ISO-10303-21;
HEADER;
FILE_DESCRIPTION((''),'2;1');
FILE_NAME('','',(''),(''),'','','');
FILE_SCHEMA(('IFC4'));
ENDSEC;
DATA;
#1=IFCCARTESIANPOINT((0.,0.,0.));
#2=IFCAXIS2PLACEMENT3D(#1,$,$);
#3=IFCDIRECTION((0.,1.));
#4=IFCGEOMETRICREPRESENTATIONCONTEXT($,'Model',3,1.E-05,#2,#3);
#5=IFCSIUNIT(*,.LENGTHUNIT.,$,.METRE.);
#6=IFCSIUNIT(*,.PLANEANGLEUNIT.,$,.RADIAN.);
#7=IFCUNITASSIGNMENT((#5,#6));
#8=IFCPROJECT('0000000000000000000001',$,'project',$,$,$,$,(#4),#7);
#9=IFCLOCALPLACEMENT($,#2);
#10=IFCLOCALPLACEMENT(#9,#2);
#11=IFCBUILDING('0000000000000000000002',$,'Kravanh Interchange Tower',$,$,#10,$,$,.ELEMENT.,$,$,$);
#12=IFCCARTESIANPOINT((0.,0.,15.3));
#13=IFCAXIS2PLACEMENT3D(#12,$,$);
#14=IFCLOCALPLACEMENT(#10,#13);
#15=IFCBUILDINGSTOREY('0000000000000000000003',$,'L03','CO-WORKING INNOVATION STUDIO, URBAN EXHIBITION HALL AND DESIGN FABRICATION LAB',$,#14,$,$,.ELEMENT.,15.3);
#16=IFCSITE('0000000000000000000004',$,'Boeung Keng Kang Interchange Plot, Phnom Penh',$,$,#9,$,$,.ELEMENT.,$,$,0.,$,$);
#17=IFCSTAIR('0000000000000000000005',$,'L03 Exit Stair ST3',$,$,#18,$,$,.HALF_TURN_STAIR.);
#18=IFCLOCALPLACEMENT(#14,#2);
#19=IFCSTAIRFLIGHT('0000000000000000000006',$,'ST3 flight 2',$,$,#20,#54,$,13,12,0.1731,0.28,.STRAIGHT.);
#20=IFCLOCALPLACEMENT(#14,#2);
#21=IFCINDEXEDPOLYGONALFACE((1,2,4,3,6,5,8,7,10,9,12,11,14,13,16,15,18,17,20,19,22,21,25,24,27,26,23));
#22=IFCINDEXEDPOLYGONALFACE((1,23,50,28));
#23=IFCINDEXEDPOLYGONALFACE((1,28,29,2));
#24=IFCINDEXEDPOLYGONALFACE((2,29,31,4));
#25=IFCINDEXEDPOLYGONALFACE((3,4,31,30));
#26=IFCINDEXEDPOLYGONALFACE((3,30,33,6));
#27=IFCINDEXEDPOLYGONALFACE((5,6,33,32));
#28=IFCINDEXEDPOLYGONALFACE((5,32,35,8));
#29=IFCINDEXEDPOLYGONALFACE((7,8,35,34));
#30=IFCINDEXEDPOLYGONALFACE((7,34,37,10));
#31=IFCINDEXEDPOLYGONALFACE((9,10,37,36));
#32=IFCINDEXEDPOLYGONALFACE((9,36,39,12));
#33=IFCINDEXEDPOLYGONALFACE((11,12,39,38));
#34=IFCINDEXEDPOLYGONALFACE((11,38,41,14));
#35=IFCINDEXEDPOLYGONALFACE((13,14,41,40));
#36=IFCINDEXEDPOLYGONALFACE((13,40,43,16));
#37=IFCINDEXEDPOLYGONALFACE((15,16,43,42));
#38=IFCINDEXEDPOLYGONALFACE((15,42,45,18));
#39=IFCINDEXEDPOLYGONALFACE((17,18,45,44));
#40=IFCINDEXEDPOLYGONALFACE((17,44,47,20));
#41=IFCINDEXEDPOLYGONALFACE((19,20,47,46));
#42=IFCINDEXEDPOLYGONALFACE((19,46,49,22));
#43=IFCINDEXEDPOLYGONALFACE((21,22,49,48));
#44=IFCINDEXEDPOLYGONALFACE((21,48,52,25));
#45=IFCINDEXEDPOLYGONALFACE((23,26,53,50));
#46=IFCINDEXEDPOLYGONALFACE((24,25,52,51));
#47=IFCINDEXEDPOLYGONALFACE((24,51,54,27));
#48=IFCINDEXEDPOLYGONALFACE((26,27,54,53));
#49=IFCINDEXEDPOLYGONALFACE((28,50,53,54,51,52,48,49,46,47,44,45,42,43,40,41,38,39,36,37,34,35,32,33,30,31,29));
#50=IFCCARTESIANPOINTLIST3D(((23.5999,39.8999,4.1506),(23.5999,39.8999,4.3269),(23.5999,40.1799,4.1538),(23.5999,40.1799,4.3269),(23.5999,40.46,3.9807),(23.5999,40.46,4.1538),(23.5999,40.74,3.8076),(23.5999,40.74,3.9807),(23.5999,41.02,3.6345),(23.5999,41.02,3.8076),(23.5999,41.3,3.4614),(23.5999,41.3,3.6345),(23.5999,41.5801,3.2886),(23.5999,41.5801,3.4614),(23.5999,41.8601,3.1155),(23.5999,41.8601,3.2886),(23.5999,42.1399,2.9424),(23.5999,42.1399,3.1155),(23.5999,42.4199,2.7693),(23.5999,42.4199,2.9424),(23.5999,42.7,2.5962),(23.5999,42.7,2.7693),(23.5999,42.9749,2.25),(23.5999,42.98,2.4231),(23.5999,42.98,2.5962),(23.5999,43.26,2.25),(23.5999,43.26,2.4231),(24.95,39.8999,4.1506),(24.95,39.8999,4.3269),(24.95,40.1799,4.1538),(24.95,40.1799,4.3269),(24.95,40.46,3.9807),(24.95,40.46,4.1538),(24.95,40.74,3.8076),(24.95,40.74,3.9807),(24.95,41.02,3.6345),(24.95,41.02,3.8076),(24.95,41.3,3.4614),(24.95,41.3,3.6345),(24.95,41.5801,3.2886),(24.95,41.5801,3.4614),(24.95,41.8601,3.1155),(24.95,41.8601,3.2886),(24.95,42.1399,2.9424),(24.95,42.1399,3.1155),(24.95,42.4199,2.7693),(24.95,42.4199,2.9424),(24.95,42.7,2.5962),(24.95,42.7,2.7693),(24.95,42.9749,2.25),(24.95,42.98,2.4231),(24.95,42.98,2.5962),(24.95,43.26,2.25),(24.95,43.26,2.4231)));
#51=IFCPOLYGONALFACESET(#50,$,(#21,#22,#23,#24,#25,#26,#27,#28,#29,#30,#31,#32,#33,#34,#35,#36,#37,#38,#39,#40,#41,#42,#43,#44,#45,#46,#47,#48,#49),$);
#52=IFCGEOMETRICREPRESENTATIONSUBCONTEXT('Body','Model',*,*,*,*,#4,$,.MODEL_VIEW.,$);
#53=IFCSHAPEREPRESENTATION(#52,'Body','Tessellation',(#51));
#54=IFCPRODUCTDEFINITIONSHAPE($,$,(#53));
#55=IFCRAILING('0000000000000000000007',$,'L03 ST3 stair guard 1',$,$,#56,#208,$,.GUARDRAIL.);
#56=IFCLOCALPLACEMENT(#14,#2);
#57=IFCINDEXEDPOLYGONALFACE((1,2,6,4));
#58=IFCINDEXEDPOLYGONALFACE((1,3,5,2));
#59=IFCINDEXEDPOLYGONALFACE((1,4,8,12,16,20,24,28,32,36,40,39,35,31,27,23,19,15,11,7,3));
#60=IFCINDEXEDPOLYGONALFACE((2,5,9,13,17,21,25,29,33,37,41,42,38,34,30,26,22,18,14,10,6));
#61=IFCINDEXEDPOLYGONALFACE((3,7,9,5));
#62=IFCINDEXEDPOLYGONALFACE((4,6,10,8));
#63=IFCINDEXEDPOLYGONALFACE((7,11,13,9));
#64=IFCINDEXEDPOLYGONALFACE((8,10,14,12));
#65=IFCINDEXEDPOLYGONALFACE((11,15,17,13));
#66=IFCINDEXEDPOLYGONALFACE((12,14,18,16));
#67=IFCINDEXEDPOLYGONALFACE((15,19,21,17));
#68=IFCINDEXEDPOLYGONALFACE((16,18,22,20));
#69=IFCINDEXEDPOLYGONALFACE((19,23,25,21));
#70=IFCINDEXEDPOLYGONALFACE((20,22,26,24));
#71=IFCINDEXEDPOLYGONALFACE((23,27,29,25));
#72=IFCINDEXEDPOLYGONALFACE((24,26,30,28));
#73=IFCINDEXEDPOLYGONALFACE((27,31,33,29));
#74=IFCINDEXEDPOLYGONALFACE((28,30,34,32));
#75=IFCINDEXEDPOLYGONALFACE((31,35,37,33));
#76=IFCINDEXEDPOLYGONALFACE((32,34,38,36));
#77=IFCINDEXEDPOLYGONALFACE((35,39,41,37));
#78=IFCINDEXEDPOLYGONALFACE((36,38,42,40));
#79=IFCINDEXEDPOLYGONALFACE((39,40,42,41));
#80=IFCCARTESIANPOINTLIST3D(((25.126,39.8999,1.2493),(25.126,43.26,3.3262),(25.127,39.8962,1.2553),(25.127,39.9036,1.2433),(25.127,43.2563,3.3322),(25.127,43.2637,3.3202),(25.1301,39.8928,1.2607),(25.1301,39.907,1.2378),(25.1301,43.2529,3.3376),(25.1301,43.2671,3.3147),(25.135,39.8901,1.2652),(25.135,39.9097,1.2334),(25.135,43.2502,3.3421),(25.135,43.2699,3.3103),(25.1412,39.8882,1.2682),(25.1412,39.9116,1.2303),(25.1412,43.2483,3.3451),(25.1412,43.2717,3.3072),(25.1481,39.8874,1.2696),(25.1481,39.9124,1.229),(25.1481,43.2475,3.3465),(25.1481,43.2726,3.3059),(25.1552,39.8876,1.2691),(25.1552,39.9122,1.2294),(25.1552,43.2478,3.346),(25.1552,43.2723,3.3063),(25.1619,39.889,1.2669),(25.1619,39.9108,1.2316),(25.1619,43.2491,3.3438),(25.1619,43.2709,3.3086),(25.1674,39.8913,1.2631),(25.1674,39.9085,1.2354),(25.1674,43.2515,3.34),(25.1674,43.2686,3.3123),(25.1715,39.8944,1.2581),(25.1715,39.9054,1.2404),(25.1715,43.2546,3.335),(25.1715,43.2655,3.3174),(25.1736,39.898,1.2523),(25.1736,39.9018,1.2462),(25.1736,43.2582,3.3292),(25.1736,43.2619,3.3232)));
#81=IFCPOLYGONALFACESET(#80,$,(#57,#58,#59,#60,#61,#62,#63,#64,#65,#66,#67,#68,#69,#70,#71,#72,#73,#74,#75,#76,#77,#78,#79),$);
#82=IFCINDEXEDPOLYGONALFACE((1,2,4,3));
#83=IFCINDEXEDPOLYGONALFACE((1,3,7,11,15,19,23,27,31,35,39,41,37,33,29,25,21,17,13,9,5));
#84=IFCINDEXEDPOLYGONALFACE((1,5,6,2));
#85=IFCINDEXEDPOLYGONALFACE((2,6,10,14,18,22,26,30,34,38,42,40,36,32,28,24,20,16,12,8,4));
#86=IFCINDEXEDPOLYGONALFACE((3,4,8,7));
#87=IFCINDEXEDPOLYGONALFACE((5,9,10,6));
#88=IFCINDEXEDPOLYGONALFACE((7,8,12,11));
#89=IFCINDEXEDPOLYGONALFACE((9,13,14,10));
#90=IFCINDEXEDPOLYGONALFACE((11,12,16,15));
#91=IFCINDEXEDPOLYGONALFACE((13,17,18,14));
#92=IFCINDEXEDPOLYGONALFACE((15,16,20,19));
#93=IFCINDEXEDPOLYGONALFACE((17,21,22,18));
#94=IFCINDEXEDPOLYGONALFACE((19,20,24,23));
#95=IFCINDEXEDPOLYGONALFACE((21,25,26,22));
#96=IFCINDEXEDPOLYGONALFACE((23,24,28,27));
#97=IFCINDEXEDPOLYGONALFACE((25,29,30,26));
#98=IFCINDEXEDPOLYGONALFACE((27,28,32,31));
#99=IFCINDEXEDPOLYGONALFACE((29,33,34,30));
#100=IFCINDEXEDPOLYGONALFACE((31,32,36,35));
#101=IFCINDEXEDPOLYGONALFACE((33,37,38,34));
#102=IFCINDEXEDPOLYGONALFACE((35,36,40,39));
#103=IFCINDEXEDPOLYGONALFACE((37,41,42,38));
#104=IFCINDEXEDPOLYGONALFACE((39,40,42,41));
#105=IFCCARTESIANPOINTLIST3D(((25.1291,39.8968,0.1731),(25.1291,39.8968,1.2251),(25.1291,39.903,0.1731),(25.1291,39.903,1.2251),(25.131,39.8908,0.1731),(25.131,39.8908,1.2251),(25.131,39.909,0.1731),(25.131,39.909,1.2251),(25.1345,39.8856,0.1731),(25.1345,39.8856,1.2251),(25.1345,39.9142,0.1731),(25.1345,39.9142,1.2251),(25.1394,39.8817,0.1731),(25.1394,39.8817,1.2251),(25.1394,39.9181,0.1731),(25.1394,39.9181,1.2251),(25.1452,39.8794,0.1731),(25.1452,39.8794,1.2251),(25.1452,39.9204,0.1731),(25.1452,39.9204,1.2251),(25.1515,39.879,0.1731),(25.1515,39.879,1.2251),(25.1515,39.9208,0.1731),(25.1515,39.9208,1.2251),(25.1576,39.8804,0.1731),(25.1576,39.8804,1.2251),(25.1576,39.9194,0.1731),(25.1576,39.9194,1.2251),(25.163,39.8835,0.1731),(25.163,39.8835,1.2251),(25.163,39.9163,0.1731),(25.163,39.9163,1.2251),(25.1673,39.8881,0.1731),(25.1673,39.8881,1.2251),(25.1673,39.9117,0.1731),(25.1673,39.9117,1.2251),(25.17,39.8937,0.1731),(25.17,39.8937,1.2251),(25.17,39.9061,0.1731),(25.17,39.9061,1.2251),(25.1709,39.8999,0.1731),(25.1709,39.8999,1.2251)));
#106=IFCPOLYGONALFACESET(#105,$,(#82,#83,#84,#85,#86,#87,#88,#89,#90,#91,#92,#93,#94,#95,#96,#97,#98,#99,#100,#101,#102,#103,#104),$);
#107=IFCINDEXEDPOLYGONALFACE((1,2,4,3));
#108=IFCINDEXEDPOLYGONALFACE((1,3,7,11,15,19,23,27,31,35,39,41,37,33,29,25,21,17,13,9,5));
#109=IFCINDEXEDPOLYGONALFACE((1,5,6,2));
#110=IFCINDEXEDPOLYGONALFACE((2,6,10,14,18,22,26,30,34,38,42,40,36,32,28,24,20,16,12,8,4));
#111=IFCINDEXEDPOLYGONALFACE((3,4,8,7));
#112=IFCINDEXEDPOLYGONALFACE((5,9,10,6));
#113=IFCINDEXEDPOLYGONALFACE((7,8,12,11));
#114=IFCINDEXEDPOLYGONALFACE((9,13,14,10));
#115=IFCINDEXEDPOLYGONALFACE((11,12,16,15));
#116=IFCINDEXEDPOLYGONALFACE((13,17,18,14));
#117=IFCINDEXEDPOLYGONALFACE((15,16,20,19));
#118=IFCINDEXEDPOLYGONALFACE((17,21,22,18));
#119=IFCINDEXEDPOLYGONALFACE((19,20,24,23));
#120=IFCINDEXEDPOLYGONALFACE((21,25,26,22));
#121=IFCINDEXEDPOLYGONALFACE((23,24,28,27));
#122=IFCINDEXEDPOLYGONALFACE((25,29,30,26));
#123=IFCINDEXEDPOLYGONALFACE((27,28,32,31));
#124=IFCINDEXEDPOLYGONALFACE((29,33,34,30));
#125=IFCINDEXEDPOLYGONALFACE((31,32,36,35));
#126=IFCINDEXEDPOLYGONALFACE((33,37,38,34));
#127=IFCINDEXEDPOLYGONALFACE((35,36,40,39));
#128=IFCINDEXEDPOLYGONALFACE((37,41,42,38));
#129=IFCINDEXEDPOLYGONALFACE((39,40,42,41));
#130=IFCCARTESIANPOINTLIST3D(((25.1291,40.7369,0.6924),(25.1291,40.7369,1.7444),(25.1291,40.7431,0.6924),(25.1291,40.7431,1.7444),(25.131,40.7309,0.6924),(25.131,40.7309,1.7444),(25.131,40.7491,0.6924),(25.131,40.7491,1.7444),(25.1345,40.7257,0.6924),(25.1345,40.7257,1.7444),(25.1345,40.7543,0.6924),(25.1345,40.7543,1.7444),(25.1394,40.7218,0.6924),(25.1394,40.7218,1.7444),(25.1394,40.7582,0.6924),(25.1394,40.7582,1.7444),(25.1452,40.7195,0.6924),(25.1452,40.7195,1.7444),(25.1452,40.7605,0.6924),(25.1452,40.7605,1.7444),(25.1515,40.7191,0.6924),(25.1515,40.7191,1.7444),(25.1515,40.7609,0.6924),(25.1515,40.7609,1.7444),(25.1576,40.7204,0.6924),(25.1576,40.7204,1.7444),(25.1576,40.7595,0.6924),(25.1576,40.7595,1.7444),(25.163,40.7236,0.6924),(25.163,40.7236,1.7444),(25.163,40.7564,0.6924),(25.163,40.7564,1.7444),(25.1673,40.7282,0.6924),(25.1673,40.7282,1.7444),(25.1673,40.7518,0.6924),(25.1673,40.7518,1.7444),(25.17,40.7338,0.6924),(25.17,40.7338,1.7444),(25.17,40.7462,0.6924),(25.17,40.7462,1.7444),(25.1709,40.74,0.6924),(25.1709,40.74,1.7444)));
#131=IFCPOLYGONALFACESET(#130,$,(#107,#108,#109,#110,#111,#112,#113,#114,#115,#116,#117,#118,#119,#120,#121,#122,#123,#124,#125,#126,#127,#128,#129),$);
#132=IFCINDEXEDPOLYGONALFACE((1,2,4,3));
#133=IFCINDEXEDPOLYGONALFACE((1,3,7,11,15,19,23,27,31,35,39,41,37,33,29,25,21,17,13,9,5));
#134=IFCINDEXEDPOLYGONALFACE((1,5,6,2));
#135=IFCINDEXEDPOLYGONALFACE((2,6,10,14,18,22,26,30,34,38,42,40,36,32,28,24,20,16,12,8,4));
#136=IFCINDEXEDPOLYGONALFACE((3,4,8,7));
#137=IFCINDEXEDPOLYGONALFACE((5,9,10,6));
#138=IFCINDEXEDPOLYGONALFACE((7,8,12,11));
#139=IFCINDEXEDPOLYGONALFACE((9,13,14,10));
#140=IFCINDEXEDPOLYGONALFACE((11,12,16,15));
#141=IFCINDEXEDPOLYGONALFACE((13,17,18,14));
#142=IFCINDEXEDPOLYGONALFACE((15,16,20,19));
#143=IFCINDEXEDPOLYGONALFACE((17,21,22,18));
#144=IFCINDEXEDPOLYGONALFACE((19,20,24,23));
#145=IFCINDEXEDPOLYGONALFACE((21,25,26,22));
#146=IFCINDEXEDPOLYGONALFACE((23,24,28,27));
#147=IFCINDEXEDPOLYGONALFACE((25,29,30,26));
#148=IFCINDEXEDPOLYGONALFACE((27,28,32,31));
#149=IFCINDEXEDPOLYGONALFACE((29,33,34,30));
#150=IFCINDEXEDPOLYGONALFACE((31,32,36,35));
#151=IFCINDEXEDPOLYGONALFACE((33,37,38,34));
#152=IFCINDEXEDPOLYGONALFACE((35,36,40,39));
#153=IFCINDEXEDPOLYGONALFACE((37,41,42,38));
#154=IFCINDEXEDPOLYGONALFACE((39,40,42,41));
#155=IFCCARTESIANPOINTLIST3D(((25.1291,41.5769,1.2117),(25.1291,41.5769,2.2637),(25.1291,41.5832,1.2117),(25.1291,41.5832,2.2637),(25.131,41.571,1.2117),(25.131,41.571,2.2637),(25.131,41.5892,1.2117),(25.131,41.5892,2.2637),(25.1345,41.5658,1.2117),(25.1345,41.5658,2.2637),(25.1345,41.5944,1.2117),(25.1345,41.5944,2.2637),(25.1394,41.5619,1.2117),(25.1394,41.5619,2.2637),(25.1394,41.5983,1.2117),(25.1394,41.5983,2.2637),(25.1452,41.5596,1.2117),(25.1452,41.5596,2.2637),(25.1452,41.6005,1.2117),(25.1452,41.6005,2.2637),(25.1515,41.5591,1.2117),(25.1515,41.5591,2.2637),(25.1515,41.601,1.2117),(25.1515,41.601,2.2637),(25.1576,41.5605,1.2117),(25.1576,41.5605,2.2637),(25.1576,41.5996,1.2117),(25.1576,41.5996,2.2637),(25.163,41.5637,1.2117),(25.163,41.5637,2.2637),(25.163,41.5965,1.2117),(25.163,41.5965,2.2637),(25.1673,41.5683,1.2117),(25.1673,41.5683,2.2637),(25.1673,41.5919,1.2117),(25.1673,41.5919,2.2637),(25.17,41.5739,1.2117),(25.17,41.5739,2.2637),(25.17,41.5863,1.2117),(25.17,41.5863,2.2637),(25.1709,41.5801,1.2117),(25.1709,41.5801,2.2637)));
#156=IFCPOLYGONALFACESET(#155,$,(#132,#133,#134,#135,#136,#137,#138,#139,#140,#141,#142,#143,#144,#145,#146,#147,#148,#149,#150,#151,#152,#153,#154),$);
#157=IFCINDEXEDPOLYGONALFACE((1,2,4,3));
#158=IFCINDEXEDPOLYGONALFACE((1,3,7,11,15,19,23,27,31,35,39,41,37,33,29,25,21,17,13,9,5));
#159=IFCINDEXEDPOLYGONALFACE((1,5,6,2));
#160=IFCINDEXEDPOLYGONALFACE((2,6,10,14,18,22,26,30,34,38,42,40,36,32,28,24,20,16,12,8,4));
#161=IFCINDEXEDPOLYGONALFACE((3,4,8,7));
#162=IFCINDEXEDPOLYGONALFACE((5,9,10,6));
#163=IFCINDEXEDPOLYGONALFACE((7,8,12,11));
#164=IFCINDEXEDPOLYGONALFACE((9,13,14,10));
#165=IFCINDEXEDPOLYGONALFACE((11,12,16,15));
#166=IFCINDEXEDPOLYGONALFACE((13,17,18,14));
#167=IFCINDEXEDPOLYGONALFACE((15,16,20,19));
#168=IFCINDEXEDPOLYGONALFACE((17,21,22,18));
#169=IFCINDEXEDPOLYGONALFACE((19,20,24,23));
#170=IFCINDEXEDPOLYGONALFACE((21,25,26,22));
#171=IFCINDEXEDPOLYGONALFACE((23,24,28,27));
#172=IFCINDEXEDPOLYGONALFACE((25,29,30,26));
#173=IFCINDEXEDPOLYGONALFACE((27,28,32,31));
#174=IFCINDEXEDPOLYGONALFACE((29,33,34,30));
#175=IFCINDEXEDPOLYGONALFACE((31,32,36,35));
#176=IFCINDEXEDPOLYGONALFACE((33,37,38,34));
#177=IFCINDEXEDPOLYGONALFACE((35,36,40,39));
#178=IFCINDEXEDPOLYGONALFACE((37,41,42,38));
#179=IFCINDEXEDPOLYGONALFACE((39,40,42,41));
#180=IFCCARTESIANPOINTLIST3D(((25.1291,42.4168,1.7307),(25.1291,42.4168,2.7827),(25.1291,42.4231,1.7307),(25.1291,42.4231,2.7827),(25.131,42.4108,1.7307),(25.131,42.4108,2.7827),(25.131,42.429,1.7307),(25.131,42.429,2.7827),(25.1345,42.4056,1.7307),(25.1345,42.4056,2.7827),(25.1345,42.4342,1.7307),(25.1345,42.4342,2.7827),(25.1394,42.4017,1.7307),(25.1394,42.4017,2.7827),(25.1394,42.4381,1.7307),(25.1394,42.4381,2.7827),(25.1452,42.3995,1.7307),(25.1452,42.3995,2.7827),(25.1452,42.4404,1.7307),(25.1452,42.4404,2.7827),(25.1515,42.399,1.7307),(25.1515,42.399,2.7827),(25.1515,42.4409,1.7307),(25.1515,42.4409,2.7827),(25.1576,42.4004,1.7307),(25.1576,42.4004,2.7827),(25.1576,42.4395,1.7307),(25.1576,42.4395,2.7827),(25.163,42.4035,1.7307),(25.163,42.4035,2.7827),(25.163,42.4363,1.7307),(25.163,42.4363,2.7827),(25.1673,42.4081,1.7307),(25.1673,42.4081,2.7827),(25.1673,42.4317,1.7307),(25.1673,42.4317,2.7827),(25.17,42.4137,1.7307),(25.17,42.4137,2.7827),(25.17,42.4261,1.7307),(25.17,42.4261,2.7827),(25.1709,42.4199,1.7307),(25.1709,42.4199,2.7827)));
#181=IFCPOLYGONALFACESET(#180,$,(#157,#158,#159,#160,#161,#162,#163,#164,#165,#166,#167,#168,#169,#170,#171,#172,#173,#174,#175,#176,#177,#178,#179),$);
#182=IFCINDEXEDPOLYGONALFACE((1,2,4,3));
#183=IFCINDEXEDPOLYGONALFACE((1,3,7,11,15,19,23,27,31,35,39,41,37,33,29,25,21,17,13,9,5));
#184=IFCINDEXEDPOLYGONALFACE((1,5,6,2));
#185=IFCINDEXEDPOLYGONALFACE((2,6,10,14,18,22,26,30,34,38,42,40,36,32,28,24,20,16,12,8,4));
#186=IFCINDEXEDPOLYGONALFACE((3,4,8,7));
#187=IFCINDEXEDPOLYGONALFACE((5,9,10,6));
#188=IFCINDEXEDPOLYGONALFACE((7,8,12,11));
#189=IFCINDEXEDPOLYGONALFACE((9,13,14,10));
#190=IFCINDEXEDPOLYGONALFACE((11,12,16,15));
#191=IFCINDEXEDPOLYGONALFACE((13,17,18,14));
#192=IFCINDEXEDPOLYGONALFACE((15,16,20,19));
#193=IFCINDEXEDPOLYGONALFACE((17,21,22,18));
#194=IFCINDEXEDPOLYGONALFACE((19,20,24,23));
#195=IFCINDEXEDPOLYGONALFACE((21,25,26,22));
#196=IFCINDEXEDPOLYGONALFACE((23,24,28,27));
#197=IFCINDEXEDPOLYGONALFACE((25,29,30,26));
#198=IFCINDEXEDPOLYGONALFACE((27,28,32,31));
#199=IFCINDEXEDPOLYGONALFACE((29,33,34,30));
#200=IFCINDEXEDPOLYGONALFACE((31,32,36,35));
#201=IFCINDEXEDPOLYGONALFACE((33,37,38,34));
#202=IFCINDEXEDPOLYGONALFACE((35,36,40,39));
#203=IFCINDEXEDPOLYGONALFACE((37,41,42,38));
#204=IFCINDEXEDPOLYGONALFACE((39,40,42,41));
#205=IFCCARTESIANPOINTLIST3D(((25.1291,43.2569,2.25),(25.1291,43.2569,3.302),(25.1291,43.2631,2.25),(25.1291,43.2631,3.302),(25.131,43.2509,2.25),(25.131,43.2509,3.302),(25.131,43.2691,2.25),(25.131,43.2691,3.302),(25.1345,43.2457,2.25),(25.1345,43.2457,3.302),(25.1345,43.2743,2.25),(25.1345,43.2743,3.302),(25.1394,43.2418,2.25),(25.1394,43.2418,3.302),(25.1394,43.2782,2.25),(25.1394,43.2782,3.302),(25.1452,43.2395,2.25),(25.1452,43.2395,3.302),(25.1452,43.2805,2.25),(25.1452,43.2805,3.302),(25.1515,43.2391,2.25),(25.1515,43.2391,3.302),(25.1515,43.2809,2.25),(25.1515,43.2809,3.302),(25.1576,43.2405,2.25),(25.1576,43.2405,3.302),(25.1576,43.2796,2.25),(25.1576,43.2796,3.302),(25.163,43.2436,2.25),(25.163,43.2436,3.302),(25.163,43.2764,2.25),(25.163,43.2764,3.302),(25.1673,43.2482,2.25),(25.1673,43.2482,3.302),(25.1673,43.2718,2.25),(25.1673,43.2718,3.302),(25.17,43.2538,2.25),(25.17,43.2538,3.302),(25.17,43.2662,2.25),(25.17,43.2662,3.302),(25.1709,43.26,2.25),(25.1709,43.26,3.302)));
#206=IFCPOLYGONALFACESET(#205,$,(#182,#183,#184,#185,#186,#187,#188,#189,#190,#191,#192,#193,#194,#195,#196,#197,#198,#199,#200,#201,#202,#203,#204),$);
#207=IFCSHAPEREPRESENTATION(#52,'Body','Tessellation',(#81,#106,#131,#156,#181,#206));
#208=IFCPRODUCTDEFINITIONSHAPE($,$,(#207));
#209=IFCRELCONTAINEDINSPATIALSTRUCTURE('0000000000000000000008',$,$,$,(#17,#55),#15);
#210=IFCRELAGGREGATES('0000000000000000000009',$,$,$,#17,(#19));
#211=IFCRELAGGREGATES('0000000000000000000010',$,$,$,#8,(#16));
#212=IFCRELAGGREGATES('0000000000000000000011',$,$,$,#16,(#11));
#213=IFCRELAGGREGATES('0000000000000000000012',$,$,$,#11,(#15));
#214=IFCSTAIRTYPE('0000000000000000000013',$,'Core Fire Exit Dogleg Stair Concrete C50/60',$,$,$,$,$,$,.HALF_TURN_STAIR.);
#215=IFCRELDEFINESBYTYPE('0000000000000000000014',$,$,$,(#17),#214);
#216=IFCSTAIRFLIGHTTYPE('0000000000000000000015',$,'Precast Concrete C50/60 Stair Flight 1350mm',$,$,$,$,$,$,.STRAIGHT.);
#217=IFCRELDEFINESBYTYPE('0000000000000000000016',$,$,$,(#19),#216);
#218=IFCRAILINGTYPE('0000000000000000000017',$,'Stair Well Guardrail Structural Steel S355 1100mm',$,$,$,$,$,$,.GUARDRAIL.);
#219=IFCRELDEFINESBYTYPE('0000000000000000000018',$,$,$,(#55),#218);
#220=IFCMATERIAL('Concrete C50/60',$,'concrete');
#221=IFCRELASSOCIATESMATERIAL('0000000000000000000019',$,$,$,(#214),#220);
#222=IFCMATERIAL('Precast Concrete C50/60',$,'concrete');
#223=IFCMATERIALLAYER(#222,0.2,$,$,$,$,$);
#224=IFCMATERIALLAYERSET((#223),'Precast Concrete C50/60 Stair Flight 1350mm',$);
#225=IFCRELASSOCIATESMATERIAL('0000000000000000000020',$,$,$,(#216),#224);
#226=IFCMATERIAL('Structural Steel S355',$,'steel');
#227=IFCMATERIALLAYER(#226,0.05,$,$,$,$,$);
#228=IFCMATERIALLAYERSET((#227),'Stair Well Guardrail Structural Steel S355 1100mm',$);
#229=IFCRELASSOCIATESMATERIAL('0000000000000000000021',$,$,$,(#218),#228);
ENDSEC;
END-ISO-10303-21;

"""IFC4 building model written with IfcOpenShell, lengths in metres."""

from ifc_helpers import new_model, si_unit, direction, frame, origin, origin_2d, place, context, subcontext, project, spatial, polyline, circle, outline, extrude, material, layer, layer_set, type_object, element, aggregate, save


model = new_model("IFC4")

# Units and contexts
model_context = context("Model", 3, precision=1e-05, world=origin(), true_north=direction((0.0, 1.0)))
body_context = subcontext(model_context, "Body", "Model", "MODEL_VIEW")
ifc_project = project(units=[si_unit("LENGTHUNIT", "METRE"), si_unit("PLANEANGLEUNIT", "RADIAN")], contexts=[model_context])

# Site, building, storey
site_placement = place(None, origin())
site = spatial("IfcSite", under=ifc_project, at=site_placement, Name="Boeung Keng Kang Interchange Plot, Phnom Penh", CompositionType="ELEMENT", RefElevation=0.0)
building_placement = place(site_placement, origin())
building = spatial("IfcBuilding", under=site, at=building_placement, Name="Kravanh Interchange Tower", CompositionType="ELEMENT")
storey_placement = place(building_placement, frame((0.0, 0.0, 15.3)))
storey = spatial("IfcBuildingStorey", under=building, at=storey_placement, Name="L03", Description="CO-WORKING INNOVATION STUDIO, URBAN EXHIBITION HALL AND DESIGN FABRICATION LAB", CompositionType="ELEMENT", Elevation=15.3)

# Stair, stair flight
ifc_material_1 = material(Name="Concrete C50/60", Category="concrete")
stair_type = type_object("IfcStairType", Name="Core Fire Exit Dogleg Stair Concrete C50/60", PredefinedType="HALF_TURN_STAIR", material=ifc_material_1)
stair_placement = place(storey_placement, origin())
stair = element("IfcStair", 1, at=stair_placement, inside=storey, type_object=stair_type, Name="L03 Exit Stair ST3", PredefinedType="HALF_TURN_STAIR")
ifc_material_2 = material(Name="Precast Concrete C50/60", Category="concrete")
ifc_layer_1 = layer(ifc_material_2, 0.2)
ifc_layer_set_1 = layer_set([ifc_layer_1], Name="Precast Concrete C50/60 Stair Flight 1350mm")
stair_flight_type = type_object("IfcStairFlightType", Name="Precast Concrete C50/60 Stair Flight 1350mm", PredefinedType="STRAIGHT", material=ifc_layer_set_1)
stair_flight_1_placement = place(storey_placement, frame((24.2749, 43.26, 2.25), z_axis=(0.0, 0.0, 1.0), x_axis=(0.0, -1.0, 0.0)))
stair_flight_1 = element("IfcStairFlight", 2, at=stair_flight_1_placement, type_object=stair_flight_type, Name="ST3 flight 2", NumberOfRisers=13, NumberOfTreads=12, PredefinedType="STRAIGHT", RiserHeight=0.1731, TreadLength=0.28, context=body_context, shape_type="SweptSolid", body=[
    extrude(outline(polyline([(0.0, 0.0), (0.0, 0.1731), (0.28, 0.1731), (0.28, 0.3462), (0.5601, 0.3462), (0.5601, 0.5193), (0.8401, 0.5193), (0.8401, 0.6924), (1.1201, 0.6924), (1.1201, 0.8655), (1.3999, 0.8655), (1.3999, 1.0386), (1.6799, 1.0386), (1.6799, 1.2114), (1.96, 1.2114), (1.96, 1.3845), (2.24, 1.3845), (2.24, 1.5576), (2.52, 1.5576), (2.52, 1.7307), (2.8, 1.7307), (2.8, 1.9038), (3.0801, 1.9038), (3.0801, 2.0769), (3.3601, 2.0769), (3.3601, 2.25), (3.3601, 1.9006), (0.2852, 0.0), (0.0, 0.0)])), frame((0.0, 0.675, 0.0), z_axis=(0.0, -1.0, 0.0), x_axis=(1.0, 0.0, 0.0)), (0.0, 0.0, 1.0), 1.3501),
])
aggregate(stair, [stair_flight_1])

# Railing
ifc_material_3 = material(Name="Structural Steel S355", Category="steel")
ifc_layer_2 = layer(ifc_material_3, 0.05)
ifc_layer_set_2 = layer_set([ifc_layer_2], Name="Stair Well Guardrail Structural Steel S355 1100mm")
railing_type_1 = type_object("IfcRailingType", Name="Stair Well Guardrail Structural Steel S355 1100mm", PredefinedType="GUARDRAIL", material=ifc_layer_set_2)
railing_1_placement = place(storey_placement, frame((25.1499, 39.8999, 0.1731)))
element("IfcRailing", 3, at=railing_1_placement, inside=storey, type_object=railing_type_1, Name="L03 ST3 stair guard 1", PredefinedType="GUARDRAIL", context=body_context, shape_type="SweptSolid", body=[
    extrude(circle(Radius=0.0239, at=origin_2d()), frame((0.0, 0.0, 1.0762), z_axis=(0.0, 0.850623, 0.525776), x_axis=(-1.0, 0.0, 0.0)), (0.0, 0.0, 1.0), 3.9502),
    extrude(circle(Radius=0.021, at=origin_2d()), origin(), (0.0, 0.0, 1.0), 1.052),
    extrude(circle(Radius=0.021, at=origin_2d()), frame((0.0, 0.8401, 0.5193)), (0.0, 0.0, 1.0), 1.052),
    extrude(circle(Radius=0.021, at=origin_2d()), frame((0.0, 1.6802, 1.0386)), (0.0, 0.0, 1.0), 1.052),
    extrude(circle(Radius=0.021, at=origin_2d()), frame((0.0, 2.52, 1.5576)), (0.0, 0.0, 1.0), 1.052),
    extrude(circle(Radius=0.021, at=origin_2d()), frame((0.0, 3.3601, 2.0769)), (0.0, 0.0, 1.0), 1.052),
])

save(model, "model.ifc")
